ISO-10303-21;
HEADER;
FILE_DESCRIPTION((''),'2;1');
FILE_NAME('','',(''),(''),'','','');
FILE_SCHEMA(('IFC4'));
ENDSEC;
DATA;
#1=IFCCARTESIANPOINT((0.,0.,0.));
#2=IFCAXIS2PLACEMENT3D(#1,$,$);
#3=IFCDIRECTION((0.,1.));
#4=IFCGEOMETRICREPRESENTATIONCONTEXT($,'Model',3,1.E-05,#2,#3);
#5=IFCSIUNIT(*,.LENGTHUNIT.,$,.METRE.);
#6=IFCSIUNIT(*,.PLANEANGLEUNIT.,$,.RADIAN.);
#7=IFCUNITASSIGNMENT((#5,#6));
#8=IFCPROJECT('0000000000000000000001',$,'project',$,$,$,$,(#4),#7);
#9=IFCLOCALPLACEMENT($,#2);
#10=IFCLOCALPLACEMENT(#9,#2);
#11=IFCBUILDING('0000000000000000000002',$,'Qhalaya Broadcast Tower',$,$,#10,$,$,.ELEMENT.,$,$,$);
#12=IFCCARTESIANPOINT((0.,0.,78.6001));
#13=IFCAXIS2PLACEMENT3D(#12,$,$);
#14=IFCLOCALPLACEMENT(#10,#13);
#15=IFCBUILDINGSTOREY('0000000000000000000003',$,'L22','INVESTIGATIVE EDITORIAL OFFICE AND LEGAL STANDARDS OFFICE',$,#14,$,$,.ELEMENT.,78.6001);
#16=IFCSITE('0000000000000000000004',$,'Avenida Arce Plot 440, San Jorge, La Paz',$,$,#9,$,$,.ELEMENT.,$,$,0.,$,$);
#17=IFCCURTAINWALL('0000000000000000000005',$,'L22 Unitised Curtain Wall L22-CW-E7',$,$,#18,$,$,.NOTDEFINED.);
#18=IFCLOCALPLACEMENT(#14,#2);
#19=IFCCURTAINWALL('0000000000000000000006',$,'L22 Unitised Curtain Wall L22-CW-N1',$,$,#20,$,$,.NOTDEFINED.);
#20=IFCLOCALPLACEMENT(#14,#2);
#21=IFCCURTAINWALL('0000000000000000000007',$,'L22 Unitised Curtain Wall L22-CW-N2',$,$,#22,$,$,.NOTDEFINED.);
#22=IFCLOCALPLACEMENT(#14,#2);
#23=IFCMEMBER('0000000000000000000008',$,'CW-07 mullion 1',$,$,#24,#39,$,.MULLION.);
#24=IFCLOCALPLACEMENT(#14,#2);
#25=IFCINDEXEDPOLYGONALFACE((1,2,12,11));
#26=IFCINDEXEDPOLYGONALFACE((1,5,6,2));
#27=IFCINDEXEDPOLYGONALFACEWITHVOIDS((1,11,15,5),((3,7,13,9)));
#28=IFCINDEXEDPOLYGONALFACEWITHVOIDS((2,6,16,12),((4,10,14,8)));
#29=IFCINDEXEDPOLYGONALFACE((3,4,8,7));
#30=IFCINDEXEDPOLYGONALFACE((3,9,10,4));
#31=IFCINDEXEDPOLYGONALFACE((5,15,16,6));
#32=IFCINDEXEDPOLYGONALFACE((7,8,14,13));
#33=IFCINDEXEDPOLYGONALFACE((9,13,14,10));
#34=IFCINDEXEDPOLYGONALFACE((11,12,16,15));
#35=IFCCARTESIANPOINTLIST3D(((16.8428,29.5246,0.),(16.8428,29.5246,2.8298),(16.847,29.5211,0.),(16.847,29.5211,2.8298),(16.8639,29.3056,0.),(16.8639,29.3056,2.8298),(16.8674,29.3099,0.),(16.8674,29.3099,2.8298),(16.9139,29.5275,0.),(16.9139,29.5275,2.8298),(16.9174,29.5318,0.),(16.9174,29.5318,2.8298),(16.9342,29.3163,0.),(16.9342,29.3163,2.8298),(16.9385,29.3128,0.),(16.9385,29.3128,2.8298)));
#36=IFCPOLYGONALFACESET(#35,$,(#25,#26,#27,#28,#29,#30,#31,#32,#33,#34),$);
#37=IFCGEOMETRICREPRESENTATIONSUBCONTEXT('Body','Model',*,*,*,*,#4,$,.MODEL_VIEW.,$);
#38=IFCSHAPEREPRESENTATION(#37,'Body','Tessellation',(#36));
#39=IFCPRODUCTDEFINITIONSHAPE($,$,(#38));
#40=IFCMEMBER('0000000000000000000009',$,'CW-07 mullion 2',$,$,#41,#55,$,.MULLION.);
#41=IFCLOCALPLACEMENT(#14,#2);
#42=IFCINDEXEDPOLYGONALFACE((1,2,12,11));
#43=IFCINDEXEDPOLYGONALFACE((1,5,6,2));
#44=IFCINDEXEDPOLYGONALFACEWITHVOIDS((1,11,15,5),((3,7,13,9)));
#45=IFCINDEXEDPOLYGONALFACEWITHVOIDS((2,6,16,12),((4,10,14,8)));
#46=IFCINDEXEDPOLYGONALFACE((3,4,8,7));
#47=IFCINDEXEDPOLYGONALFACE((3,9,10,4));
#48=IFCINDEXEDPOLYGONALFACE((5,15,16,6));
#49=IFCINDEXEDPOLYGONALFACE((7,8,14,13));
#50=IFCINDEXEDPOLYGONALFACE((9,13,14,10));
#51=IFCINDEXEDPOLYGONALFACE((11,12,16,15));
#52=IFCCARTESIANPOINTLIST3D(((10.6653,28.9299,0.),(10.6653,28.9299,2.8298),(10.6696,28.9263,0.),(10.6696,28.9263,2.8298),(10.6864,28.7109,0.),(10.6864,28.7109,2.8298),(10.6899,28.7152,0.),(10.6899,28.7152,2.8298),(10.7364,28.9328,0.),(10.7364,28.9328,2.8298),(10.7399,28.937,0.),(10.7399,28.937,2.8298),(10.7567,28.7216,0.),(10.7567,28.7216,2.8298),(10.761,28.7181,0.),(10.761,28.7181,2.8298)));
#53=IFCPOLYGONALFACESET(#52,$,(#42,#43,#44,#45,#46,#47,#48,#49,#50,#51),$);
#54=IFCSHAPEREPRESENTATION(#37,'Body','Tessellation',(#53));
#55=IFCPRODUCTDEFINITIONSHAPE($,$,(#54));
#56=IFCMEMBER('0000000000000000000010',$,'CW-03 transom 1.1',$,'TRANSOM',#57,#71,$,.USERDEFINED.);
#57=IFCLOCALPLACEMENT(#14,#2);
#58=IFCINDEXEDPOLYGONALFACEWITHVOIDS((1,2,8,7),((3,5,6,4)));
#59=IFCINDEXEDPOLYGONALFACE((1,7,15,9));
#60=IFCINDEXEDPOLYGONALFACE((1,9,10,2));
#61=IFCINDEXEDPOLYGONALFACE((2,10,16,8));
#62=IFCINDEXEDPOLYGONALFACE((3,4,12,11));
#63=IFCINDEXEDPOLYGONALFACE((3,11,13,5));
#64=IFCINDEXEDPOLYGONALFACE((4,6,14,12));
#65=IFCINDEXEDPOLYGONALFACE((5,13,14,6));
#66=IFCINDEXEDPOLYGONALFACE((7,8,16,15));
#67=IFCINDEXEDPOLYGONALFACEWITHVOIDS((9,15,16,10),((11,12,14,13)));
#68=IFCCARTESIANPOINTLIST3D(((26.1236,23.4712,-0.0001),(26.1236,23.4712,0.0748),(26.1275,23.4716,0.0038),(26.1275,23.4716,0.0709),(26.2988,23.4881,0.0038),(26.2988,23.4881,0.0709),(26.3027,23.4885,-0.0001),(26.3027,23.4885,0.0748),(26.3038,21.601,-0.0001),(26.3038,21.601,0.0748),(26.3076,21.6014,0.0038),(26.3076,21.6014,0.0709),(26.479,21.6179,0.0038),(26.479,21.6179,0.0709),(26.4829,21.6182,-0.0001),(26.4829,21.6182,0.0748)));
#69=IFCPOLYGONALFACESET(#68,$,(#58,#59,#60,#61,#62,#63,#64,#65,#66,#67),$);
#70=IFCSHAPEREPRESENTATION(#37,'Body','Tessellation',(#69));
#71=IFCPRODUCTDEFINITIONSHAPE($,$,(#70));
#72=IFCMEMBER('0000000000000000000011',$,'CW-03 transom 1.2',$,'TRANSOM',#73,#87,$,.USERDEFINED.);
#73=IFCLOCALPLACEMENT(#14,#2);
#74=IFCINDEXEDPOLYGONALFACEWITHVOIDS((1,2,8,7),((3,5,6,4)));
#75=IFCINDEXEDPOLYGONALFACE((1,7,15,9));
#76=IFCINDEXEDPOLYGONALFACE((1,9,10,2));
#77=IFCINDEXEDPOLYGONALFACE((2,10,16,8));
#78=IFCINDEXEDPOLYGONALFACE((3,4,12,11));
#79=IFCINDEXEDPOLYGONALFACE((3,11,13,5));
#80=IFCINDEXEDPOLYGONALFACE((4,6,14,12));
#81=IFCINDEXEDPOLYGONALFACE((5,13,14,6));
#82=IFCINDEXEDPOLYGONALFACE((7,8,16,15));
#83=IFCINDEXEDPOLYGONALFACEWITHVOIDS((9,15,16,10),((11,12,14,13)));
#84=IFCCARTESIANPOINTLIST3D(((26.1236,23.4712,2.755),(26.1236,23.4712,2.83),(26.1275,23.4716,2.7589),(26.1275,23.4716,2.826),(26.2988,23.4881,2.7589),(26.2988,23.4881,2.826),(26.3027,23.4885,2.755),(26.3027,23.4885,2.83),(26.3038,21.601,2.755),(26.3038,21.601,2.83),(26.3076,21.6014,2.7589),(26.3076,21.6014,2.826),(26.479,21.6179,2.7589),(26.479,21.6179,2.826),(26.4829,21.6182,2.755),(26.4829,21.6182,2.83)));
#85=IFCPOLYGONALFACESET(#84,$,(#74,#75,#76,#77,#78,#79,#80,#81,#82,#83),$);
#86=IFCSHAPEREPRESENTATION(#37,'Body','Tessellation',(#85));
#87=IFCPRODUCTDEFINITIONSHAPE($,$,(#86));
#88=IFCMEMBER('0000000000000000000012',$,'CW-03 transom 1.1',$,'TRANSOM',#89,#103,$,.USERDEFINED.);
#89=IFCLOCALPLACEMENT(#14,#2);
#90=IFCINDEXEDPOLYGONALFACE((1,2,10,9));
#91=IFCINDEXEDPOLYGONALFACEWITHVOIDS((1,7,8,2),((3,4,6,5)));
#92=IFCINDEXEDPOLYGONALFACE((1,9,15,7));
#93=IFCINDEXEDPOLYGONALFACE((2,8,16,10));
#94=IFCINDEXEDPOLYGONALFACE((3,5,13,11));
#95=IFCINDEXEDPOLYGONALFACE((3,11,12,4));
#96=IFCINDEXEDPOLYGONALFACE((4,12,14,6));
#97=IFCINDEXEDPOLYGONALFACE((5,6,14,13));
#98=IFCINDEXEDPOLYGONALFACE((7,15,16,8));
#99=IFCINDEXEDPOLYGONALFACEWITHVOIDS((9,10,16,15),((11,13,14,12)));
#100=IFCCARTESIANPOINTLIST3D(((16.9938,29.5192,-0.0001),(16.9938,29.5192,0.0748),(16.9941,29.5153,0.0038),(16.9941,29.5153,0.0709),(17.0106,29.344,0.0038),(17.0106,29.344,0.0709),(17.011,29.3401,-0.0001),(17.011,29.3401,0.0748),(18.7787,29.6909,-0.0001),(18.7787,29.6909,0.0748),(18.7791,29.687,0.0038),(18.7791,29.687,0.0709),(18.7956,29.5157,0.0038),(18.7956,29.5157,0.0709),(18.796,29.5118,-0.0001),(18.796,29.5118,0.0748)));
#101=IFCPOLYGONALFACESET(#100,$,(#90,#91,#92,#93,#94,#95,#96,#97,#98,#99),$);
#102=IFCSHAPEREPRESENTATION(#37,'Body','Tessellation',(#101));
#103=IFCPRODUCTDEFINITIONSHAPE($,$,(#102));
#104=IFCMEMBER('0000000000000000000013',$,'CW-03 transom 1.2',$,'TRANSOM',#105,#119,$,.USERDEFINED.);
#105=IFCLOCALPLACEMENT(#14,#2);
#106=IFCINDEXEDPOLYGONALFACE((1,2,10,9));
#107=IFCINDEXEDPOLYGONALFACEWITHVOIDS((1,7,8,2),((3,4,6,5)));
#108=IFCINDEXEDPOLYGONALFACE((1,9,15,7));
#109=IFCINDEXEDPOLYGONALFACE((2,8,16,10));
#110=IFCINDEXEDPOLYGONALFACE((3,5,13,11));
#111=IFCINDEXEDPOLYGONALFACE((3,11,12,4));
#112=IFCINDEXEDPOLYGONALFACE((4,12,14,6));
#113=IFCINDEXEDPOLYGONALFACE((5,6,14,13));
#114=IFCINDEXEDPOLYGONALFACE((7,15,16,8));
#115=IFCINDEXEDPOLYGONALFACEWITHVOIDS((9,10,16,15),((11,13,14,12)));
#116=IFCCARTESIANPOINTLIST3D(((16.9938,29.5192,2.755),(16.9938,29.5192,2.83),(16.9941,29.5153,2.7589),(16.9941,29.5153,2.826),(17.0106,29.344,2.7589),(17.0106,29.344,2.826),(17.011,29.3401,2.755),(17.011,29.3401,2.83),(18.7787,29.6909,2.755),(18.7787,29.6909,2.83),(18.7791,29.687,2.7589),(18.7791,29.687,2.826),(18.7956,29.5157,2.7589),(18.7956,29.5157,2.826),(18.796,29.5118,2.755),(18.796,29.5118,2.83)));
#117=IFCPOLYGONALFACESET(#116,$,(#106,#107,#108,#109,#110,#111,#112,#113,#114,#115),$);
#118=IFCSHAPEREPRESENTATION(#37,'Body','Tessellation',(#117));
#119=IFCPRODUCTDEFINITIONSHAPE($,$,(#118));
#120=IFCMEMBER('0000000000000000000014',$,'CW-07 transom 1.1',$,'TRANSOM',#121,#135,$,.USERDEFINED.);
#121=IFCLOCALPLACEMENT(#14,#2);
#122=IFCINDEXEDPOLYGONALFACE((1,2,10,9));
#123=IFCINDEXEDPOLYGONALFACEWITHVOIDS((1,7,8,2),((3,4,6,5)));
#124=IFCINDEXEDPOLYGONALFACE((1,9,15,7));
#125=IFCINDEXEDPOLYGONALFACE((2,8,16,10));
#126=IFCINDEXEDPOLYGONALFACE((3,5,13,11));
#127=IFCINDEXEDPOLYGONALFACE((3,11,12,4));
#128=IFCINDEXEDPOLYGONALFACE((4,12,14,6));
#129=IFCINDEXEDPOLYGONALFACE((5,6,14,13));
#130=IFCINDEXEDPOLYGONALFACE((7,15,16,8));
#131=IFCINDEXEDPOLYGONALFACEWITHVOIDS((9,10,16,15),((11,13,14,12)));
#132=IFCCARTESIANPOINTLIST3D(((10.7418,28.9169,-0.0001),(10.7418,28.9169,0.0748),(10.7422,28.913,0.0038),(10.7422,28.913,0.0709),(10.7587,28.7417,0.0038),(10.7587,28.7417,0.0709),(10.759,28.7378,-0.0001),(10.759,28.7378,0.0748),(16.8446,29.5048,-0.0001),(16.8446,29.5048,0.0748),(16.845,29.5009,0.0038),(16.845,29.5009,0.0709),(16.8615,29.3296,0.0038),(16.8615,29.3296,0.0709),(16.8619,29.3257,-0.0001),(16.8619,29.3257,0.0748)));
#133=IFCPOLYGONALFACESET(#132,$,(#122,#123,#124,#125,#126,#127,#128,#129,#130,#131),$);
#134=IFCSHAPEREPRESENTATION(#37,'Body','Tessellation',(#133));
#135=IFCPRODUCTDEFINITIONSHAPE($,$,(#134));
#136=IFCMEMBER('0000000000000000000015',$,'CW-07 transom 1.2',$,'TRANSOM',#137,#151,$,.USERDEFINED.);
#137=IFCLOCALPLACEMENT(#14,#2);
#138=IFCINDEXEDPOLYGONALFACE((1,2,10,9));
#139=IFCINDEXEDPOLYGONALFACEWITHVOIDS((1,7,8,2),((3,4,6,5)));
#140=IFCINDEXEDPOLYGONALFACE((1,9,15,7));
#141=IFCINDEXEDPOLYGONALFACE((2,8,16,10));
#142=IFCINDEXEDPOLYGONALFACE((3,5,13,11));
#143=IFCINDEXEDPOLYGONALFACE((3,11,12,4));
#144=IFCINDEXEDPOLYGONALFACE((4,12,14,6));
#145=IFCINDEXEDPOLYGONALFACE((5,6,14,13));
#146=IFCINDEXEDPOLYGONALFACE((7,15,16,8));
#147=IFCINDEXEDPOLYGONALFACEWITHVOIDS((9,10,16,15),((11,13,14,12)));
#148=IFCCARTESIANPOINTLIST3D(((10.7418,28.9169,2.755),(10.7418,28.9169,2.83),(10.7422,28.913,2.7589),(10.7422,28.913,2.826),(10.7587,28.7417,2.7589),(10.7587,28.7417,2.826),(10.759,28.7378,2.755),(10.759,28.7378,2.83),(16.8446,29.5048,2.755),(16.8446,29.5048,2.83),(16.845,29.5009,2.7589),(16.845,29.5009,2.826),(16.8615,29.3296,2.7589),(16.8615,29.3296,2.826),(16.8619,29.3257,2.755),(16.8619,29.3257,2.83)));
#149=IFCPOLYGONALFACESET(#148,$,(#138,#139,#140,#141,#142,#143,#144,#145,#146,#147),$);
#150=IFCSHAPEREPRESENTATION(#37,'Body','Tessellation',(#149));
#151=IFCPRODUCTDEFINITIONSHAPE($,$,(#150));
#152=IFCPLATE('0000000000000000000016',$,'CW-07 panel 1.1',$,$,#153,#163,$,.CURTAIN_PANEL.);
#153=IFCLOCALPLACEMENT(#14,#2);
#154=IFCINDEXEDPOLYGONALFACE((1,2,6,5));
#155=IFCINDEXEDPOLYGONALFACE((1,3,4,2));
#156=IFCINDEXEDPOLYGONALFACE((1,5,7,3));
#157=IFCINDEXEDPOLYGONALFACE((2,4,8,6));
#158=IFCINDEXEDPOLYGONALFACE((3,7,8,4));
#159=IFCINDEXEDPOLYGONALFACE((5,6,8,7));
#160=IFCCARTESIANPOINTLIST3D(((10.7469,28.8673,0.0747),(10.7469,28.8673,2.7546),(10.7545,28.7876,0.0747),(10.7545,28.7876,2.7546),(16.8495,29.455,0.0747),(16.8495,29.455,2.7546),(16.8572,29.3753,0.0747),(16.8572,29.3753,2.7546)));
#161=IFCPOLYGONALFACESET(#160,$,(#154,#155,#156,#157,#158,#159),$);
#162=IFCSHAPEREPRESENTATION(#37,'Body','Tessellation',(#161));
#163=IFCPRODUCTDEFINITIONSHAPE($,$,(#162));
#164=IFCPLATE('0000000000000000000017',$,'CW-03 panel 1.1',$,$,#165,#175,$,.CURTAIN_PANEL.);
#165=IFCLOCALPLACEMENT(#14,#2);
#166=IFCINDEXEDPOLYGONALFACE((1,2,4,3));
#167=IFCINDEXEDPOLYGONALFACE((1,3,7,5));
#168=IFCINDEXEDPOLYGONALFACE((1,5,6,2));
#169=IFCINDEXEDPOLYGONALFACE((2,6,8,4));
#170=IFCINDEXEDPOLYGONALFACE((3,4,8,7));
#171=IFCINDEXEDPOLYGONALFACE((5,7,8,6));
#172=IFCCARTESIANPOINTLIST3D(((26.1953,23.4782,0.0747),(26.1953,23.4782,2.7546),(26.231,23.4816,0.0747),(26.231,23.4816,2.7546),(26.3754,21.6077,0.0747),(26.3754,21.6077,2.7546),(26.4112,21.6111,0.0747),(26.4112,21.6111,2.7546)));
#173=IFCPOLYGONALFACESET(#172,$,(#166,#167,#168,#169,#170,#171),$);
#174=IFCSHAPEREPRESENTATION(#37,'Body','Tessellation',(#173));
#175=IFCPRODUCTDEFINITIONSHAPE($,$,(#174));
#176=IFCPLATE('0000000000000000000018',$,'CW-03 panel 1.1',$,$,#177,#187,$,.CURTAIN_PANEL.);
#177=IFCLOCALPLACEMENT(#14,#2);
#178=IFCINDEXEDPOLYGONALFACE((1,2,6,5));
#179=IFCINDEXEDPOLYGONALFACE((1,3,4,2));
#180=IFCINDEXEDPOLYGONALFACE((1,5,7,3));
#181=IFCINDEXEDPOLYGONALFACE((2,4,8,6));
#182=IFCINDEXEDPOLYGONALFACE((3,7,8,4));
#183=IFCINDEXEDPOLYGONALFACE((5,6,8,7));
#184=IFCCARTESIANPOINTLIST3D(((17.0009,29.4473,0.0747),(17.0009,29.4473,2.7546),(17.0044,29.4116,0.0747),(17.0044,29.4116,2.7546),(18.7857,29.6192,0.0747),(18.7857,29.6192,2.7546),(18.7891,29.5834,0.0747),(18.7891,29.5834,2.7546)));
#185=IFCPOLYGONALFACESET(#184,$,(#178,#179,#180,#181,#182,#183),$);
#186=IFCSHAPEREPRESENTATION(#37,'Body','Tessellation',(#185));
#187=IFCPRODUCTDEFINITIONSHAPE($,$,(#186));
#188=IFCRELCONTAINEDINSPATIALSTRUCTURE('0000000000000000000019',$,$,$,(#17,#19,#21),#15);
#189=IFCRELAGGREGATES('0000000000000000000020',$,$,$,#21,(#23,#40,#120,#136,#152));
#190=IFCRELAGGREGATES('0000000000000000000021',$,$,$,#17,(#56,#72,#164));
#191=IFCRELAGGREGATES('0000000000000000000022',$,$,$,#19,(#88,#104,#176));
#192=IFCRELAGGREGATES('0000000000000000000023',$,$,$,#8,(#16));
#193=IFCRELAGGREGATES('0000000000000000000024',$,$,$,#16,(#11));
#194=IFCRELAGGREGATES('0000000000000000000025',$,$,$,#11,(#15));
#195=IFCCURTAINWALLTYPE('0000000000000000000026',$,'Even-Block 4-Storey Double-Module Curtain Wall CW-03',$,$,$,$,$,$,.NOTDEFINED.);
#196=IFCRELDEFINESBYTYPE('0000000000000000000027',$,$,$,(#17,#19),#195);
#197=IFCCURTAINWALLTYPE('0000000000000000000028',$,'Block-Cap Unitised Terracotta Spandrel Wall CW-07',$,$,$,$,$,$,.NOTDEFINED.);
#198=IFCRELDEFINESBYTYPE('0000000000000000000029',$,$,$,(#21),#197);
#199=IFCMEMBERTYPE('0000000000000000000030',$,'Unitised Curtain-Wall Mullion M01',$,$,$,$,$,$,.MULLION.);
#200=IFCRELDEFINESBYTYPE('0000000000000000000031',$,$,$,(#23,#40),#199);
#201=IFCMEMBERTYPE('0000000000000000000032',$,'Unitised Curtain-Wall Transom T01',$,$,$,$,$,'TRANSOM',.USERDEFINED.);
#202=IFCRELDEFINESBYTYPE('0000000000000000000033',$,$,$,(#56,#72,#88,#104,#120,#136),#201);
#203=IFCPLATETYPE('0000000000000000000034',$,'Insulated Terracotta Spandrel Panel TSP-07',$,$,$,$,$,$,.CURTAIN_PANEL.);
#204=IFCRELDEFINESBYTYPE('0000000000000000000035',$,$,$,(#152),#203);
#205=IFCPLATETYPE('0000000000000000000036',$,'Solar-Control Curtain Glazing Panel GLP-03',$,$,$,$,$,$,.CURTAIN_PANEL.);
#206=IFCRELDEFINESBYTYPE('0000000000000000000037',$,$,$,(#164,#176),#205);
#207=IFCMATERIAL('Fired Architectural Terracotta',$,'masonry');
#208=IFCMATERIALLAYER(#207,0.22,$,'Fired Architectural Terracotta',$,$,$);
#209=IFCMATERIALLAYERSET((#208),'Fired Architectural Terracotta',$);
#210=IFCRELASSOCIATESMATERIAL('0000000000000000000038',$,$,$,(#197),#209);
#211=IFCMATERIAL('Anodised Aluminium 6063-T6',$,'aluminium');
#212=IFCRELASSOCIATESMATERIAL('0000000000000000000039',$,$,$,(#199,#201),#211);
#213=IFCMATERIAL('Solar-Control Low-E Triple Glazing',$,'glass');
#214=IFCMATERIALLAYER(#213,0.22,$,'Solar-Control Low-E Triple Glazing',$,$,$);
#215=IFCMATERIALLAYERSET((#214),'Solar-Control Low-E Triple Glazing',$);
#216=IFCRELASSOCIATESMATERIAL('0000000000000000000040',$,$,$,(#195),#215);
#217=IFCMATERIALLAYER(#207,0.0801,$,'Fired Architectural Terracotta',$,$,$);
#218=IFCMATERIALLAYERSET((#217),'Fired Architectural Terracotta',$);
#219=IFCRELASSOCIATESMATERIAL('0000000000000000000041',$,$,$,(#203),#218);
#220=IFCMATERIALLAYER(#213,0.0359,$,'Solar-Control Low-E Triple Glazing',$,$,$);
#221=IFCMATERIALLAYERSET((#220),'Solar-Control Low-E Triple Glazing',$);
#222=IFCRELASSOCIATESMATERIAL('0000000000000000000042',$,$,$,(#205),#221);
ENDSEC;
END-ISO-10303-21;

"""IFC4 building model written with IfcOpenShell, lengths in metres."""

from ifc_helpers import new_model, si_unit, direction, frame, origin, origin_2d, place, context, subcontext, project, spatial, rectangle, hollow_rectangle, extrude, material, layer, layer_set, material_profile, profile_set, type_object, element, aggregate, save


model = new_model("IFC4")

# Units and contexts
model_context = context("Model", 3, precision=1e-05, world=origin(), true_north=direction((0.0, 1.0)))
body_context = subcontext(model_context, "Body", "Model", "MODEL_VIEW")
ifc_project = project(units=[si_unit("LENGTHUNIT", "METRE"), si_unit("PLANEANGLEUNIT", "RADIAN")], contexts=[model_context])

# Site, building, storey
site_placement = place(None, origin())
site = spatial("IfcSite", under=ifc_project, at=site_placement, Name="Avenida Arce Plot 440, San Jorge, La Paz", CompositionType="ELEMENT", RefElevation=0.0)
building_placement = place(site_placement, origin())
building = spatial("IfcBuilding", under=site, at=building_placement, Name="Qhalaya Broadcast Tower", CompositionType="ELEMENT")
storey_placement = place(building_placement, frame((0.0, 0.0, 78.6001)))
storey = spatial("IfcBuildingStorey", under=building, at=storey_placement, Name="L22", Description="INVESTIGATIVE EDITORIAL OFFICE AND LEGAL STANDARDS OFFICE", CompositionType="ELEMENT", Elevation=78.6001)

# Shared definitions
ifc_material_1 = material(Name="Fired Architectural Terracotta", Category="masonry")

# Shared definitions
ifc_layer_1 = layer(ifc_material_1, 0.22, Name="Fired Architectural Terracotta")
ifc_layer_set_1 = layer_set([ifc_layer_1], Name="Fired Architectural Terracotta")
curtain_wall_type_1 = type_object("IfcCurtainWallType", Name="Block-Cap Unitised Terracotta Spandrel Wall CW-07", PredefinedType="NOTDEFINED", material=ifc_layer_set_1)
ifc_material_2 = material(Name="Anodised Aluminium 6063-T6", Category="aluminium")
ifc_material_profile_1 = material_profile(ifc_material_2, hollow_rectangle(XDim=0.075, YDim=0.22, WallThickness=0.0039, at=origin_2d()), Name="ALU-MUL 75x220x4")
ifc_profile_set_1 = profile_set([ifc_material_profile_1], Name="Anodised Aluminium 6063-T6")
member_type_1 = type_object("IfcMemberType", Name="Unitised Curtain-Wall Mullion M01", PredefinedType="MULLION", material=ifc_profile_set_1)

# Curtain walls, members
ifc_material_3 = material(Name="Solar-Control Low-E Triple Glazing", Category="glass")
ifc_layer_2 = layer(ifc_material_3, 0.22, Name="Solar-Control Low-E Triple Glazing")
ifc_layer_set_2 = layer_set([ifc_layer_2], Name="Solar-Control Low-E Triple Glazing")
curtain_wall_type_2 = type_object("IfcCurtainWallType", Name="Even-Block 4-Storey Double-Module Curtain Wall CW-03", PredefinedType="NOTDEFINED", material=ifc_layer_set_2)
curtain_wall_1_placement = place(storey_placement, origin())
curtain_wall_1 = element("IfcCurtainWall", 1, at=curtain_wall_1_placement, inside=storey, type_object=curtain_wall_type_2, Name="L22 Unitised Curtain Wall L22-CW-E7", PredefinedType="NOTDEFINED")
curtain_wall_2_placement = place(storey_placement, origin())
curtain_wall_2 = element("IfcCurtainWall", 2, at=curtain_wall_2_placement, inside=storey, type_object=curtain_wall_type_2, Name="L22 Unitised Curtain Wall L22-CW-N1", PredefinedType="NOTDEFINED")
curtain_wall_3_placement = place(storey_placement, origin())
curtain_wall_3 = element("IfcCurtainWall", 3, at=curtain_wall_3_placement, inside=storey, type_object=curtain_wall_type_1, Name="L22 Unitised Curtain Wall L22-CW-N2", PredefinedType="NOTDEFINED")
member_1_placement = place(storey_placement, frame((16.8906, 29.4187, 0.0), z_axis=(0.0, 0.0, 1.0), x_axis=(-0.995395, -0.095862, 0.0)))
member_1 = element("IfcMember", 4, at=member_1_placement, type_object=member_type_1, Name="CW-07 mullion 1", PredefinedType="MULLION", context=body_context, shape_type="SweptSolid", body=[
    extrude(hollow_rectangle(XDim=0.075, YDim=0.22, WallThickness=0.0039, at=origin_2d()), origin(), (0.0, 0.0, 1.0), 2.8298),
])
member_2_placement = place(storey_placement, frame((10.7131, 28.824, 0.0), z_axis=(0.0, 0.0, 1.0), x_axis=(-0.995395, -0.095862, 0.0)))
member_2 = element("IfcMember", 5, at=member_2_placement, type_object=member_type_1, Name="CW-07 mullion 2", PredefinedType="MULLION", context=body_context, shape_type="SweptSolid", body=[
    extrude(hollow_rectangle(XDim=0.075, YDim=0.22, WallThickness=0.0039, at=origin_2d()), origin(), (0.0, 0.0, 1.0), 2.8298),
])

# Members
ifc_material_profile_2 = material_profile(ifc_material_2, hollow_rectangle(XDim=0.075, YDim=0.1799, WallThickness=0.0039, at=origin_2d()), Name="ALU-TRN 75x180x4")
ifc_profile_set_2 = profile_set([ifc_material_profile_2], Name="Anodised Aluminium 6063-T6")
member_type_2 = type_object("IfcMemberType", Name="Unitised Curtain-Wall Transom T01", ElementType="TRANSOM", PredefinedType="USERDEFINED", material=ifc_profile_set_2)
member_3_placement = place(storey_placement, frame((26.3933, 21.6096, 0.0374), z_axis=(-0.095888, 0.995392, 0.0), x_axis=(0.0, 0.0, 1.0)))
member_3 = element("IfcMember", 6, at=member_3_placement, type_object=member_type_2, Name="CW-03 transom 1.1", ObjectType="TRANSOM", PredefinedType="USERDEFINED", context=body_context, shape_type="SweptSolid", body=[
    extrude(hollow_rectangle(XDim=0.075, YDim=0.1799, WallThickness=0.0039, at=origin_2d()), origin(), (0.0, 0.0, 1.0), 1.8789),
])
member_4_placement = place(storey_placement, frame((26.3933, 21.6096, 2.7925), z_axis=(-0.095888, 0.995392, 0.0), x_axis=(0.0, 0.0, 1.0)))
member_4 = element("IfcMember", 7, at=member_4_placement, type_object=member_type_2, Name="CW-03 transom 1.2", ObjectType="TRANSOM", PredefinedType="USERDEFINED", context=body_context, shape_type="SweptSolid", body=[
    extrude(hollow_rectangle(XDim=0.075, YDim=0.1799, WallThickness=0.0039, at=origin_2d()), origin(), (0.0, 0.0, 1.0), 1.8789),
])
member_5_placement = place(storey_placement, frame((18.7874, 29.6013, 0.0374), z_axis=(-0.995409, -0.095715, 0.0), x_axis=(0.0, 0.0, 1.0)))
member_5 = element("IfcMember", 8, at=member_5_placement, type_object=member_type_2, Name="CW-03 transom 1.1", ObjectType="TRANSOM", PredefinedType="USERDEFINED", context=body_context, shape_type="SweptSolid", body=[
    extrude(hollow_rectangle(XDim=0.075, YDim=0.1799, WallThickness=0.0039, at=origin_2d()), origin(), (0.0, 0.0, 1.0), 1.7932),
])
member_6_placement = place(storey_placement, frame((18.7874, 29.6013, 2.7925), z_axis=(-0.995409, -0.095715, 0.0), x_axis=(0.0, 0.0, 1.0)))
member_6 = element("IfcMember", 9, at=member_6_placement, type_object=member_type_2, Name="CW-03 transom 1.2", ObjectType="TRANSOM", PredefinedType="USERDEFINED", context=body_context, shape_type="SweptSolid", body=[
    extrude(hollow_rectangle(XDim=0.075, YDim=0.1799, WallThickness=0.0039, at=origin_2d()), origin(), (0.0, 0.0, 1.0), 1.7932),
])
member_7_placement = place(storey_placement, frame((16.8533, 29.4153, 0.0374), z_axis=(-0.995392, -0.095888, 0.0), x_axis=(0.0, 0.0, 1.0)))
member_7 = element("IfcMember", 10, at=member_7_placement, type_object=member_type_2, Name="CW-07 transom 1.1", ObjectType="TRANSOM", PredefinedType="USERDEFINED", context=body_context, shape_type="SweptSolid", body=[
    extrude(hollow_rectangle(XDim=0.075, YDim=0.1799, WallThickness=0.0039, at=origin_2d()), origin(), (0.0, 0.0, 1.0), 6.1311),
])
member_8_placement = place(storey_placement, frame((16.8533, 29.4153, 2.7925), z_axis=(-0.995392, -0.095888, 0.0), x_axis=(0.0, 0.0, 1.0)))
member_8 = element("IfcMember", 11, at=member_8_placement, type_object=member_type_2, Name="CW-07 transom 1.2", ObjectType="TRANSOM", PredefinedType="USERDEFINED", context=body_context, shape_type="SweptSolid", body=[
    extrude(hollow_rectangle(XDim=0.075, YDim=0.1799, WallThickness=0.0039, at=origin_2d()), origin(), (0.0, 0.0, 1.0), 6.1311),
])

# Plates
ifc_layer_3 = layer(ifc_material_1, 0.0801, Name="Fired Architectural Terracotta")
ifc_layer_set_3 = layer_set([ifc_layer_3], Name="Fired Architectural Terracotta")
plate_type_1 = type_object("IfcPlateType", Name="Insulated Terracotta Spandrel Panel TSP-07", PredefinedType="CURTAIN_PANEL", material=ifc_layer_set_3)
plate_1_placement = place(storey_placement, frame((13.802, 29.1213, 0.0747), z_axis=(0.0, 0.0, 1.0), x_axis=(-0.995395, -0.095862, 0.0)))
plate_1 = element("IfcPlate", 12, at=plate_1_placement, type_object=plate_type_1, Name="CW-07 panel 1.1", PredefinedType="CURTAIN_PANEL", context=body_context, shape_type="SweptSolid", body=[
    extrude(rectangle(XDim=6.1309, YDim=0.0801, at=origin_2d()), origin(), (0.0, 0.0, 1.0), 2.6799),
])
aggregate(curtain_wall_3, [member_1, member_2, member_7, member_8, plate_1])
ifc_layer_4 = layer(ifc_material_3, 0.0359, Name="Solar-Control Low-E Triple Glazing")
ifc_layer_set_4 = layer_set([ifc_layer_4], Name="Solar-Control Low-E Triple Glazing")
plate_type_2 = type_object("IfcPlateType", Name="Solar-Control Curtain Glazing Panel GLP-03", PredefinedType="CURTAIN_PANEL", material=ifc_layer_set_4)
plate_2_placement = place(storey_placement, frame((26.3032, 22.5447, 0.0747), z_axis=(0.0, 0.0, 1.0), x_axis=(-0.095858, 0.995395, 0.0)))
plate_2 = element("IfcPlate", 13, at=plate_2_placement, type_object=plate_type_2, Name="CW-03 panel 1.1", PredefinedType="CURTAIN_PANEL", context=body_context, shape_type="SweptSolid", body=[
    extrude(rectangle(XDim=1.8792, YDim=0.0359, at=origin_2d()), origin(), (0.0, 0.0, 1.0), 2.6799),
])
aggregate(curtain_wall_1, [member_3, member_4, plate_2])
plate_3_placement = place(storey_placement, frame((17.895, 29.5154, 0.0747), z_axis=(0.0, 0.0, 1.0), x_axis=(-0.995398, -0.095829, 0.0)))
plate_3 = element("IfcPlate", 14, at=plate_3_placement, type_object=plate_type_2, Name="CW-03 panel 1.1", PredefinedType="CURTAIN_PANEL", context=body_context, shape_type="SweptSolid", body=[
    extrude(rectangle(XDim=1.793, YDim=0.0359, at=origin_2d()), origin(), (0.0, 0.0, 1.0), 2.6799),
])
aggregate(curtain_wall_2, [member_5, member_6, plate_3])

save(model, "model.ifc")
